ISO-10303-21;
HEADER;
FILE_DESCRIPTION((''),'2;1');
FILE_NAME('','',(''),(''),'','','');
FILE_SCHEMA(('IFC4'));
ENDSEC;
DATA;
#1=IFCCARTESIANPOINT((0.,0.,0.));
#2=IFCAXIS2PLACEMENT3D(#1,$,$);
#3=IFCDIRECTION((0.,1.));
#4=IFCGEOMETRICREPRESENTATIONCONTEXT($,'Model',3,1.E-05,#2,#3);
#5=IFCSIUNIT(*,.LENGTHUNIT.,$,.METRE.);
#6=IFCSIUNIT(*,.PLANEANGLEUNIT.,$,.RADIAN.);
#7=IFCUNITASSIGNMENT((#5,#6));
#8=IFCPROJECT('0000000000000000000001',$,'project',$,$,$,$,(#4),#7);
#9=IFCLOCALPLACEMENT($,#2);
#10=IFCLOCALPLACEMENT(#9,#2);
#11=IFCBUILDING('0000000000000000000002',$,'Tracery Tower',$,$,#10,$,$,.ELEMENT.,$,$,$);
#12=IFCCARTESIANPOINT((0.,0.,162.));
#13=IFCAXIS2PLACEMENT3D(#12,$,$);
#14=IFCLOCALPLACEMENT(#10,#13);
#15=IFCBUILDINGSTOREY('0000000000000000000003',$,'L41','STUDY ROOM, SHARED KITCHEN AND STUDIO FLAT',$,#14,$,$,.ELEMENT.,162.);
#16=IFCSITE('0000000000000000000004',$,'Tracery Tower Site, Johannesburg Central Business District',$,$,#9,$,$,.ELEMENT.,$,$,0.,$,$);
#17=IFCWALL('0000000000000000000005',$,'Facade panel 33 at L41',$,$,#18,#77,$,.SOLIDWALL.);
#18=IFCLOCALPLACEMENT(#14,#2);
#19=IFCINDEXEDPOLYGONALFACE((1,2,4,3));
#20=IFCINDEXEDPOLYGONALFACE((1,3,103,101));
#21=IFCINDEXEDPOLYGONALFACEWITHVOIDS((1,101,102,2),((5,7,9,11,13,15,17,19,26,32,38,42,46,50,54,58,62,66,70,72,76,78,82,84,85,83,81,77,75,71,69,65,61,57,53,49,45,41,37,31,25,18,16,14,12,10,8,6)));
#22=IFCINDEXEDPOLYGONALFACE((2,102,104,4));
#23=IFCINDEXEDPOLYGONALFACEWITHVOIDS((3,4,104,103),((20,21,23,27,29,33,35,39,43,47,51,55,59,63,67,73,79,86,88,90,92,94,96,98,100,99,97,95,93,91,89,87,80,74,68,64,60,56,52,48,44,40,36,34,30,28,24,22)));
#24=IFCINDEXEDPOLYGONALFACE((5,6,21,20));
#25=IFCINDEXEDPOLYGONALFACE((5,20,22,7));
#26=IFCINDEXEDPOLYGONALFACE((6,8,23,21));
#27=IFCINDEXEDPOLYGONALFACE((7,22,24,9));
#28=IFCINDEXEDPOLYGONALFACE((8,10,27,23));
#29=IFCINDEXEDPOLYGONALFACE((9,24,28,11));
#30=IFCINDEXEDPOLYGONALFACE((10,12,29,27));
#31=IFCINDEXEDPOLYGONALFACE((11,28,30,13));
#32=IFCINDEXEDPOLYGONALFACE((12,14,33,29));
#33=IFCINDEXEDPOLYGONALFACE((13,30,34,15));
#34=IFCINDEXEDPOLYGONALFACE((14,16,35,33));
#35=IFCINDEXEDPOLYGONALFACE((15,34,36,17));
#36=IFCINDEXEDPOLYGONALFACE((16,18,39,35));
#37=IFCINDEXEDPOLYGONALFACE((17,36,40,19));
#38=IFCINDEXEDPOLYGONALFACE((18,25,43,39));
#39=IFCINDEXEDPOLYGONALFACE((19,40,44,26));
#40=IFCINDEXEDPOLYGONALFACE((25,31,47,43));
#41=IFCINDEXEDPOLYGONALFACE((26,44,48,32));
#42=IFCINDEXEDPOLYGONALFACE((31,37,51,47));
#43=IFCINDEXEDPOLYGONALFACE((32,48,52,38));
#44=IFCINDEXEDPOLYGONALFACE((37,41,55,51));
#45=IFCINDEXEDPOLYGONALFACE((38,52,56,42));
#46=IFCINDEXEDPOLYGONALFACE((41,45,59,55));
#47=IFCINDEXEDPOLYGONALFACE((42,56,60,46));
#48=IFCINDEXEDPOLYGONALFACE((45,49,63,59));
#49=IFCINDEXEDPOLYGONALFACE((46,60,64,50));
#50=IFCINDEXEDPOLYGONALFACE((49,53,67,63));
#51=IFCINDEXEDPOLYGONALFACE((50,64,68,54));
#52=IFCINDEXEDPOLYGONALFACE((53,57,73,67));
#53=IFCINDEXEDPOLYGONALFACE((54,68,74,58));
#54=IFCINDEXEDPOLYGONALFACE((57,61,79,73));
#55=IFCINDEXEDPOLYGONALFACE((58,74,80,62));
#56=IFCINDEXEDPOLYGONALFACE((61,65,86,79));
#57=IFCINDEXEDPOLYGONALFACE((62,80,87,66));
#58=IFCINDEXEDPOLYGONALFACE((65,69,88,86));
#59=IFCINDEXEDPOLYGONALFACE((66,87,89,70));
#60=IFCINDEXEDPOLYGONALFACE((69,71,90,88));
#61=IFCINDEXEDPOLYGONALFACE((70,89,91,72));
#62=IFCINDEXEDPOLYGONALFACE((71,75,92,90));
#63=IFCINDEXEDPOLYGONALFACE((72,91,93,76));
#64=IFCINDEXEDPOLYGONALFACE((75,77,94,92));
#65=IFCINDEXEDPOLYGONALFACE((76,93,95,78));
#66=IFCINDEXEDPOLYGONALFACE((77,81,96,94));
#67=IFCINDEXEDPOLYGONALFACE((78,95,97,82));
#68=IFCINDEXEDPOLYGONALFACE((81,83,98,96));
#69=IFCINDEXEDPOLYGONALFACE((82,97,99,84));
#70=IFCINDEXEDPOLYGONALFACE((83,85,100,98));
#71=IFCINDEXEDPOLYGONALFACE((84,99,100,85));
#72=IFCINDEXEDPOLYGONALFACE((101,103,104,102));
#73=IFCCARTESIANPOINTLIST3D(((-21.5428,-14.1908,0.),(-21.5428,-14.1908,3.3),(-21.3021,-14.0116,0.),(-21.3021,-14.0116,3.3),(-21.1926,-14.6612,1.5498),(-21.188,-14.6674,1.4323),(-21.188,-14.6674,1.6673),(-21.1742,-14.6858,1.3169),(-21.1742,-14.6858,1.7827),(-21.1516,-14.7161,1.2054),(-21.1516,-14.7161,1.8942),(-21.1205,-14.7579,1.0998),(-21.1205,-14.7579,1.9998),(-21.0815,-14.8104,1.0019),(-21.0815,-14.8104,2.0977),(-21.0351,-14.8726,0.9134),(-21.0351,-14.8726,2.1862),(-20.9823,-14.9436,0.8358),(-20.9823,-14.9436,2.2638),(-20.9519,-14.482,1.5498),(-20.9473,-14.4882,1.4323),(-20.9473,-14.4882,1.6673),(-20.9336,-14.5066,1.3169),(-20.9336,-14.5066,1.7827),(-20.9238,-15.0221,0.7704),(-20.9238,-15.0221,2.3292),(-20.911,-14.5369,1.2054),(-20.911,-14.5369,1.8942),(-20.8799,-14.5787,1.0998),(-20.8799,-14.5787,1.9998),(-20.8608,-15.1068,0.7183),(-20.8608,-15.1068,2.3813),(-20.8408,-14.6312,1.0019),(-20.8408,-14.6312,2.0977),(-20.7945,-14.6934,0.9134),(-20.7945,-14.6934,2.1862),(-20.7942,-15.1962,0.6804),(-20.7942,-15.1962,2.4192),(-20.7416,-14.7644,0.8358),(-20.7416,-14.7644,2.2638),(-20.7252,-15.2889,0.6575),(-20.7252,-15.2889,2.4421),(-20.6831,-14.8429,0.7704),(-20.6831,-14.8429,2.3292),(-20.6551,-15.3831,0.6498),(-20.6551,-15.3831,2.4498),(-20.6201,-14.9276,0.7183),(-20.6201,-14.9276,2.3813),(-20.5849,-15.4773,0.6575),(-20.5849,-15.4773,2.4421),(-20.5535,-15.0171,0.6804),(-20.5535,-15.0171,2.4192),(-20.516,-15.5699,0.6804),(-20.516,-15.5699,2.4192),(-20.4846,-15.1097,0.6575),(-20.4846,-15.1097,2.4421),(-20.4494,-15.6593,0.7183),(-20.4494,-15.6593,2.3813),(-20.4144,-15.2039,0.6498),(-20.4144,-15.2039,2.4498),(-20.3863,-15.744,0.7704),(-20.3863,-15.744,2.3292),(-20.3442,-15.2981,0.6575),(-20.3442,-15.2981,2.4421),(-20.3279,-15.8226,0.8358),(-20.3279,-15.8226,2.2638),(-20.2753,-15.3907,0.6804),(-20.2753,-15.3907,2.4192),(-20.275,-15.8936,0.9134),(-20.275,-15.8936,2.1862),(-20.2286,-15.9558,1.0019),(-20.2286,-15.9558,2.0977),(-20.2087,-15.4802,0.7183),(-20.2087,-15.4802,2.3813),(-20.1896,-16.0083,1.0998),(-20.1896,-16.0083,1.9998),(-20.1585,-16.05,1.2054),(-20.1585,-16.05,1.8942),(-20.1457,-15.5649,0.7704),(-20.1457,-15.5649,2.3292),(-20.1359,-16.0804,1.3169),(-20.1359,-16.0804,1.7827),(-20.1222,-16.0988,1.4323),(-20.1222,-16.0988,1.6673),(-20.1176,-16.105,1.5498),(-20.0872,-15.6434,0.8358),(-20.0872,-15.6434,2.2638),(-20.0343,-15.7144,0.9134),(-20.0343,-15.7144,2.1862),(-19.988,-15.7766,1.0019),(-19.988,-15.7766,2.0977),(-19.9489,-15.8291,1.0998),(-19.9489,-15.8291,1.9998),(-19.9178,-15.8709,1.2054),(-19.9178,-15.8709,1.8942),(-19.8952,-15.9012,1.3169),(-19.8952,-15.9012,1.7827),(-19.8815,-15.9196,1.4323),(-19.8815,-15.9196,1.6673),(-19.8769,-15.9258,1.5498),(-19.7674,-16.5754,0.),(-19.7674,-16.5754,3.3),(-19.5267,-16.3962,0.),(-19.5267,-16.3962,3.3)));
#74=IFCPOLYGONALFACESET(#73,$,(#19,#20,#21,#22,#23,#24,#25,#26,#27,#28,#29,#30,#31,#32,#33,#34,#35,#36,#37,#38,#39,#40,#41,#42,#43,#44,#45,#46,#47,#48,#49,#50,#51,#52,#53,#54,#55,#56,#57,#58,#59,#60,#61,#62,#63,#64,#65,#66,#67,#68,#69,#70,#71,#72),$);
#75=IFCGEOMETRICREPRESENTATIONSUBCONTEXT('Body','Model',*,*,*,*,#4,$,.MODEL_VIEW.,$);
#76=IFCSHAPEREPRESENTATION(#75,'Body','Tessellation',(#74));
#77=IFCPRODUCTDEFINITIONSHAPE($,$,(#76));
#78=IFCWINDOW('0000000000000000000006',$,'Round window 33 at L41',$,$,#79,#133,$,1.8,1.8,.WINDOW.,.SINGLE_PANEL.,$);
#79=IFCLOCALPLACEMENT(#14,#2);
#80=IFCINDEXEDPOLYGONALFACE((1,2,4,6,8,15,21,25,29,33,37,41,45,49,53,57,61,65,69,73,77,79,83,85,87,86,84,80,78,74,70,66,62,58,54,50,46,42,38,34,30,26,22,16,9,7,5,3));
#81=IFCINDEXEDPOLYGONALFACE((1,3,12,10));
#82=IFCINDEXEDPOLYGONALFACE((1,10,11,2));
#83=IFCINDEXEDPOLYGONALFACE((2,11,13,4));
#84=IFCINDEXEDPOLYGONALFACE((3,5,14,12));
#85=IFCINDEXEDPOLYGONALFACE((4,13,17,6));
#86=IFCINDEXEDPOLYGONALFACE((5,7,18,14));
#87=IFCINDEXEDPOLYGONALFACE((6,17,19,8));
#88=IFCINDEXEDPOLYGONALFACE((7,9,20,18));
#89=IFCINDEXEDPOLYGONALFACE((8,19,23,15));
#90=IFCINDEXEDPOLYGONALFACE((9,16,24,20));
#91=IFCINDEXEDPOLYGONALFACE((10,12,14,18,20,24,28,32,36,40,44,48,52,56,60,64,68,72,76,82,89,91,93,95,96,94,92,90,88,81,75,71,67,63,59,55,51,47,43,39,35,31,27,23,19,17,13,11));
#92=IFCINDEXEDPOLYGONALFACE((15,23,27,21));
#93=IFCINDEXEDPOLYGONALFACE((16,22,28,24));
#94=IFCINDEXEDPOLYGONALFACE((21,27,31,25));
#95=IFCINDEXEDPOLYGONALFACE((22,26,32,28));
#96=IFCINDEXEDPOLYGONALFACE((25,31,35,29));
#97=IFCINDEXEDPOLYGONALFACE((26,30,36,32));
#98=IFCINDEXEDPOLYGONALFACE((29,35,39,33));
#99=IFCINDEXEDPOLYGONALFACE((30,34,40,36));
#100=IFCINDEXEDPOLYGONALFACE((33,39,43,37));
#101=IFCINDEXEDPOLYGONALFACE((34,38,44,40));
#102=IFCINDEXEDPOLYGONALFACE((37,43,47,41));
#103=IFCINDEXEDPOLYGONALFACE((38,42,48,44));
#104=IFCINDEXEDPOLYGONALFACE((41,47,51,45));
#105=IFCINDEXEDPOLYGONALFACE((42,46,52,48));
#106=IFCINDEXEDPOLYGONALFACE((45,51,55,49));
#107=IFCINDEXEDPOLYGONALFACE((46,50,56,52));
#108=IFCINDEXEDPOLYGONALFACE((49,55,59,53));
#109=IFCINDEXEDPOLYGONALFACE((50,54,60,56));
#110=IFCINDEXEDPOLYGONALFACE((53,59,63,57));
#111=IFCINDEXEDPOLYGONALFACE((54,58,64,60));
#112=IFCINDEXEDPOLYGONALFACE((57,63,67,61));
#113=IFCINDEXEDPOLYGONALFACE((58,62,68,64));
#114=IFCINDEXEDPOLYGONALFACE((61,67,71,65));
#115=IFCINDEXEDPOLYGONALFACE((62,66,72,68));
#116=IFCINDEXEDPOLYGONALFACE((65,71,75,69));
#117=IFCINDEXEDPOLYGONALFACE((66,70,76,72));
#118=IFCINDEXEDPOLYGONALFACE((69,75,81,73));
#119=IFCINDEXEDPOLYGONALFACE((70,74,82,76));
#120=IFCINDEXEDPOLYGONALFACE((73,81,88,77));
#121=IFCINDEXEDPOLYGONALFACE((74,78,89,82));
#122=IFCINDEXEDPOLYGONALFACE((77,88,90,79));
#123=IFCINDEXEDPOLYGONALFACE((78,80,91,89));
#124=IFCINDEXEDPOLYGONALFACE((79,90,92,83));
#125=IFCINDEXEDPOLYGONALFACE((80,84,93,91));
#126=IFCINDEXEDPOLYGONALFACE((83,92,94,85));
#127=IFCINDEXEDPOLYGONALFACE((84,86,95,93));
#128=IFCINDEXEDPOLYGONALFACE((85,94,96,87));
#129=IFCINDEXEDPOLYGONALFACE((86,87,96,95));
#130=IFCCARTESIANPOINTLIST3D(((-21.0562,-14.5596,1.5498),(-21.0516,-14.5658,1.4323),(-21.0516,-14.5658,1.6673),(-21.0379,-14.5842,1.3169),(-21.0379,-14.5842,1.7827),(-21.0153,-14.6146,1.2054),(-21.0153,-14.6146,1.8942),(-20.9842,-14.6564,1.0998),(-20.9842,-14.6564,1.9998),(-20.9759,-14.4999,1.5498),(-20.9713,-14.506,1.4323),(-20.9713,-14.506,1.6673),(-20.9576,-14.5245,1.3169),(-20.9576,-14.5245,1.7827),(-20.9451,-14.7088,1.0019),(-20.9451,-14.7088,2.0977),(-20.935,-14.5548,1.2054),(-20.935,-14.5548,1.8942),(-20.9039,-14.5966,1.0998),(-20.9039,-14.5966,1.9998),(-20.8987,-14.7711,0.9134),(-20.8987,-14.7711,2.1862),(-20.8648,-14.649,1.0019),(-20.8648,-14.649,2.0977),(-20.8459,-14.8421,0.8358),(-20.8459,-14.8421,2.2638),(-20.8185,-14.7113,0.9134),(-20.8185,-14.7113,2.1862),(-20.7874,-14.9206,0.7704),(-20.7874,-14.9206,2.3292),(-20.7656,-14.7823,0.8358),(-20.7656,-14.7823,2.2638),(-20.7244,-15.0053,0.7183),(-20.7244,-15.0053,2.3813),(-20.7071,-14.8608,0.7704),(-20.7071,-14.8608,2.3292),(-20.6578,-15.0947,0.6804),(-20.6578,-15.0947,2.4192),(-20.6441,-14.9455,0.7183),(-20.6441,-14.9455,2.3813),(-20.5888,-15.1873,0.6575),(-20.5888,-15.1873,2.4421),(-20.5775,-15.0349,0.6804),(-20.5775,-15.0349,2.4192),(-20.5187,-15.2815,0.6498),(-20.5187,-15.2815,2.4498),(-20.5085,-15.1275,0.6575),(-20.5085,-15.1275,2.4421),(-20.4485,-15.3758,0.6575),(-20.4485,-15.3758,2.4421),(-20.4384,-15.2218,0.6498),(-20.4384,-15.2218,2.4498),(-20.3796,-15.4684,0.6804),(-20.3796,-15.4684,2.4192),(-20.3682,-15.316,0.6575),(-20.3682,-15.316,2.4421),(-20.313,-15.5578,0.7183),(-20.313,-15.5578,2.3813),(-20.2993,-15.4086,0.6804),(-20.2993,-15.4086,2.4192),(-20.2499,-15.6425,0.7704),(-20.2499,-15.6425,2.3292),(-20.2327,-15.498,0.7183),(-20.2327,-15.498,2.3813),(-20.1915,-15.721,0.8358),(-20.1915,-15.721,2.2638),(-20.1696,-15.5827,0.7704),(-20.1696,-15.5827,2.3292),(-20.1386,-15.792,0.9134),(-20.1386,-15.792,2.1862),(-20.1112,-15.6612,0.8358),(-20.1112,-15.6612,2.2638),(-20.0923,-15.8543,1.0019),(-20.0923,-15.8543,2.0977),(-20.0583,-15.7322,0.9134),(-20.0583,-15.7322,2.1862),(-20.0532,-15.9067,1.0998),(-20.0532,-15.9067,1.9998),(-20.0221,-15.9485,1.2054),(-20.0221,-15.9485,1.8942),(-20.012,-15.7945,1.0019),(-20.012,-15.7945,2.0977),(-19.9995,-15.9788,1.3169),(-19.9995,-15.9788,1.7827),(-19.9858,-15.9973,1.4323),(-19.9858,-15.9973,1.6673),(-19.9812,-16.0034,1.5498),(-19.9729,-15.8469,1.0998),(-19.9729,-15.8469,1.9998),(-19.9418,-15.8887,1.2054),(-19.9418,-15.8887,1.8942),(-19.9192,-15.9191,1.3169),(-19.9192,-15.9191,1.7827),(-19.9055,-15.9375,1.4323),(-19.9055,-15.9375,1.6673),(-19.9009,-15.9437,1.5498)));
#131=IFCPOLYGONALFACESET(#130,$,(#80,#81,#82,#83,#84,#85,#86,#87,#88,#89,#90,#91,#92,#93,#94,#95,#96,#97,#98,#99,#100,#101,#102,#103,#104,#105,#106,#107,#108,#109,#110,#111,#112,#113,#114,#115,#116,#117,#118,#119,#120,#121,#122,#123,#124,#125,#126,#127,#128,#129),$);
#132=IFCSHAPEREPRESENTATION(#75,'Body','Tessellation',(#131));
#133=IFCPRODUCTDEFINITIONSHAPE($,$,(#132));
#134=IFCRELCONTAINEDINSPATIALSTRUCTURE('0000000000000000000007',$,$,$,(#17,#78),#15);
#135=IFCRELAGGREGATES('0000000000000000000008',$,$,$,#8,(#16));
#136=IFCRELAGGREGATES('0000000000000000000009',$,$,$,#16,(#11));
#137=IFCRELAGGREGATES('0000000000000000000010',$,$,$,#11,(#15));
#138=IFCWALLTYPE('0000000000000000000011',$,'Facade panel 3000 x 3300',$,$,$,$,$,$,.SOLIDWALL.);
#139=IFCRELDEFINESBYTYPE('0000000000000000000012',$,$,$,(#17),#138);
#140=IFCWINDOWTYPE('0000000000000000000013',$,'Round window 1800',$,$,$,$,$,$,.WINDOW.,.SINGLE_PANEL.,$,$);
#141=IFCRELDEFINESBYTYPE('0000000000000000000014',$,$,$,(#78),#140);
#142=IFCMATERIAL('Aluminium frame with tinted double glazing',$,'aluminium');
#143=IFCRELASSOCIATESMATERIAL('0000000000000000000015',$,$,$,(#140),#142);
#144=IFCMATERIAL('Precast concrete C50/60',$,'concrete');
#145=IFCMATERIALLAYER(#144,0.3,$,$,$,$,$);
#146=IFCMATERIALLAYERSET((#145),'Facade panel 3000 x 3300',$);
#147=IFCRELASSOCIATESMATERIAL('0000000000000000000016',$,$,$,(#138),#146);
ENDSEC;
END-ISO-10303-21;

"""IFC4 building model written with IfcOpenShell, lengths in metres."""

from ifc_helpers import new_model, si_unit, direction, frame, frame_2d, origin, origin_2d, place, context, subcontext, project, spatial, rectangle, circle, extrude, material, layer, layer_set, type_object, element, fill, save


model = new_model("IFC4")

# Units and contexts
model_context = context("Model", 3, precision=1e-05, world=origin(), true_north=direction((0.0, 1.0)))
body_context = subcontext(model_context, "Body", "Model", "MODEL_VIEW")
ifc_project = project(units=[si_unit("LENGTHUNIT", "METRE"), si_unit("PLANEANGLEUNIT", "RADIAN")], contexts=[model_context])

# Site, building, storey
site_placement = place(None, origin())
site = spatial("IfcSite", under=ifc_project, at=site_placement, Name="Tracery Tower Site, Johannesburg Central Business District", CompositionType="ELEMENT", RefElevation=0.0)
building_placement = place(site_placement, origin())
building = spatial("IfcBuilding", under=site, at=building_placement, Name="Tracery Tower", CompositionType="ELEMENT")
storey_placement = place(building_placement, frame((0.0, 0.0, 162.0)))
storey = spatial("IfcBuildingStorey", under=building, at=storey_placement, Name="L41", Description="STUDY ROOM, SHARED KITCHEN AND STUDIO FLAT", CompositionType="ELEMENT", Elevation=162.0)

# Wall, opening, window
ifc_material_1 = material(Name="Aluminium frame with tinted double glazing", Category="aluminium")
window_type = type_object("IfcWindowType", Name="Round window 1800", PartitioningType="SINGLE_PANEL", PredefinedType="WINDOW", material=ifc_material_1)
ifc_material_2 = material(Name="Precast concrete C50/60", Category="concrete")
ifc_layer_1 = layer(ifc_material_2, 0.3)
ifc_layer_set_1 = layer_set([ifc_layer_1], Name="Facade panel 3000 x 3300")
wall_type_1 = type_object("IfcWallType", Name="Facade panel 3000 x 3300", PredefinedType="SOLIDWALL", material=ifc_layer_set_1)
wall_1_placement = place(storey_placement, frame((-21.4224, -14.1013, 0.0), z_axis=(0.0, 0.0, 1.0), x_axis=(0.597198, -0.802094, 0.0)))
wall_1 = element("IfcWall", 1, at=wall_1_placement, inside=storey, type_object=wall_type_1, Name="Facade panel 33 at L41", PredefinedType="SOLIDWALL", context=body_context, shape_type="SweptSolid", body=[
    extrude(rectangle(XDim=2.9729, YDim=0.3, at=frame_2d((1.4863, 0.0))), origin(), (0.0, 0.0, 1.0), 3.3),
])
opening_1_placement = place(wall_1_placement, frame((1.4863, 0.0, 1.5498)))
opening_1 = element("IfcOpeningElement", 2, at=opening_1_placement, cuts=wall_1, PredefinedType="OPENING", context=body_context, shape_type="SweptSolid", body=[
    extrude(circle(Radius=0.9, at=origin_2d()), frame((0.0, 0.1599, 0.0), z_axis=(0.0, -1.0, 0.0), x_axis=(1.0, 0.0, 0.0)), (0.0, 0.0, 1.0), 0.3201),
])
window_1_placement = place(opening_1_placement, origin())
window_1 = element("IfcWindow", 3, at=window_1_placement, inside=storey, type_object=window_type, Name="Round window 33 at L41", OverallHeight=1.8, OverallWidth=1.8, PartitioningType="SINGLE_PANEL", PredefinedType="WINDOW", context=body_context, shape_type="SweptSolid", body=[
    extrude(circle(Radius=0.9, at=origin_2d()), frame((0.0, 0.1201, 0.0), z_axis=(0.0, -1.0, 0.0), x_axis=(1.0, 0.0, 0.0)), (0.0, 0.0, 1.0), 0.1001),
])
fill(opening_1, window_1)

save(model, "model.ifc")
